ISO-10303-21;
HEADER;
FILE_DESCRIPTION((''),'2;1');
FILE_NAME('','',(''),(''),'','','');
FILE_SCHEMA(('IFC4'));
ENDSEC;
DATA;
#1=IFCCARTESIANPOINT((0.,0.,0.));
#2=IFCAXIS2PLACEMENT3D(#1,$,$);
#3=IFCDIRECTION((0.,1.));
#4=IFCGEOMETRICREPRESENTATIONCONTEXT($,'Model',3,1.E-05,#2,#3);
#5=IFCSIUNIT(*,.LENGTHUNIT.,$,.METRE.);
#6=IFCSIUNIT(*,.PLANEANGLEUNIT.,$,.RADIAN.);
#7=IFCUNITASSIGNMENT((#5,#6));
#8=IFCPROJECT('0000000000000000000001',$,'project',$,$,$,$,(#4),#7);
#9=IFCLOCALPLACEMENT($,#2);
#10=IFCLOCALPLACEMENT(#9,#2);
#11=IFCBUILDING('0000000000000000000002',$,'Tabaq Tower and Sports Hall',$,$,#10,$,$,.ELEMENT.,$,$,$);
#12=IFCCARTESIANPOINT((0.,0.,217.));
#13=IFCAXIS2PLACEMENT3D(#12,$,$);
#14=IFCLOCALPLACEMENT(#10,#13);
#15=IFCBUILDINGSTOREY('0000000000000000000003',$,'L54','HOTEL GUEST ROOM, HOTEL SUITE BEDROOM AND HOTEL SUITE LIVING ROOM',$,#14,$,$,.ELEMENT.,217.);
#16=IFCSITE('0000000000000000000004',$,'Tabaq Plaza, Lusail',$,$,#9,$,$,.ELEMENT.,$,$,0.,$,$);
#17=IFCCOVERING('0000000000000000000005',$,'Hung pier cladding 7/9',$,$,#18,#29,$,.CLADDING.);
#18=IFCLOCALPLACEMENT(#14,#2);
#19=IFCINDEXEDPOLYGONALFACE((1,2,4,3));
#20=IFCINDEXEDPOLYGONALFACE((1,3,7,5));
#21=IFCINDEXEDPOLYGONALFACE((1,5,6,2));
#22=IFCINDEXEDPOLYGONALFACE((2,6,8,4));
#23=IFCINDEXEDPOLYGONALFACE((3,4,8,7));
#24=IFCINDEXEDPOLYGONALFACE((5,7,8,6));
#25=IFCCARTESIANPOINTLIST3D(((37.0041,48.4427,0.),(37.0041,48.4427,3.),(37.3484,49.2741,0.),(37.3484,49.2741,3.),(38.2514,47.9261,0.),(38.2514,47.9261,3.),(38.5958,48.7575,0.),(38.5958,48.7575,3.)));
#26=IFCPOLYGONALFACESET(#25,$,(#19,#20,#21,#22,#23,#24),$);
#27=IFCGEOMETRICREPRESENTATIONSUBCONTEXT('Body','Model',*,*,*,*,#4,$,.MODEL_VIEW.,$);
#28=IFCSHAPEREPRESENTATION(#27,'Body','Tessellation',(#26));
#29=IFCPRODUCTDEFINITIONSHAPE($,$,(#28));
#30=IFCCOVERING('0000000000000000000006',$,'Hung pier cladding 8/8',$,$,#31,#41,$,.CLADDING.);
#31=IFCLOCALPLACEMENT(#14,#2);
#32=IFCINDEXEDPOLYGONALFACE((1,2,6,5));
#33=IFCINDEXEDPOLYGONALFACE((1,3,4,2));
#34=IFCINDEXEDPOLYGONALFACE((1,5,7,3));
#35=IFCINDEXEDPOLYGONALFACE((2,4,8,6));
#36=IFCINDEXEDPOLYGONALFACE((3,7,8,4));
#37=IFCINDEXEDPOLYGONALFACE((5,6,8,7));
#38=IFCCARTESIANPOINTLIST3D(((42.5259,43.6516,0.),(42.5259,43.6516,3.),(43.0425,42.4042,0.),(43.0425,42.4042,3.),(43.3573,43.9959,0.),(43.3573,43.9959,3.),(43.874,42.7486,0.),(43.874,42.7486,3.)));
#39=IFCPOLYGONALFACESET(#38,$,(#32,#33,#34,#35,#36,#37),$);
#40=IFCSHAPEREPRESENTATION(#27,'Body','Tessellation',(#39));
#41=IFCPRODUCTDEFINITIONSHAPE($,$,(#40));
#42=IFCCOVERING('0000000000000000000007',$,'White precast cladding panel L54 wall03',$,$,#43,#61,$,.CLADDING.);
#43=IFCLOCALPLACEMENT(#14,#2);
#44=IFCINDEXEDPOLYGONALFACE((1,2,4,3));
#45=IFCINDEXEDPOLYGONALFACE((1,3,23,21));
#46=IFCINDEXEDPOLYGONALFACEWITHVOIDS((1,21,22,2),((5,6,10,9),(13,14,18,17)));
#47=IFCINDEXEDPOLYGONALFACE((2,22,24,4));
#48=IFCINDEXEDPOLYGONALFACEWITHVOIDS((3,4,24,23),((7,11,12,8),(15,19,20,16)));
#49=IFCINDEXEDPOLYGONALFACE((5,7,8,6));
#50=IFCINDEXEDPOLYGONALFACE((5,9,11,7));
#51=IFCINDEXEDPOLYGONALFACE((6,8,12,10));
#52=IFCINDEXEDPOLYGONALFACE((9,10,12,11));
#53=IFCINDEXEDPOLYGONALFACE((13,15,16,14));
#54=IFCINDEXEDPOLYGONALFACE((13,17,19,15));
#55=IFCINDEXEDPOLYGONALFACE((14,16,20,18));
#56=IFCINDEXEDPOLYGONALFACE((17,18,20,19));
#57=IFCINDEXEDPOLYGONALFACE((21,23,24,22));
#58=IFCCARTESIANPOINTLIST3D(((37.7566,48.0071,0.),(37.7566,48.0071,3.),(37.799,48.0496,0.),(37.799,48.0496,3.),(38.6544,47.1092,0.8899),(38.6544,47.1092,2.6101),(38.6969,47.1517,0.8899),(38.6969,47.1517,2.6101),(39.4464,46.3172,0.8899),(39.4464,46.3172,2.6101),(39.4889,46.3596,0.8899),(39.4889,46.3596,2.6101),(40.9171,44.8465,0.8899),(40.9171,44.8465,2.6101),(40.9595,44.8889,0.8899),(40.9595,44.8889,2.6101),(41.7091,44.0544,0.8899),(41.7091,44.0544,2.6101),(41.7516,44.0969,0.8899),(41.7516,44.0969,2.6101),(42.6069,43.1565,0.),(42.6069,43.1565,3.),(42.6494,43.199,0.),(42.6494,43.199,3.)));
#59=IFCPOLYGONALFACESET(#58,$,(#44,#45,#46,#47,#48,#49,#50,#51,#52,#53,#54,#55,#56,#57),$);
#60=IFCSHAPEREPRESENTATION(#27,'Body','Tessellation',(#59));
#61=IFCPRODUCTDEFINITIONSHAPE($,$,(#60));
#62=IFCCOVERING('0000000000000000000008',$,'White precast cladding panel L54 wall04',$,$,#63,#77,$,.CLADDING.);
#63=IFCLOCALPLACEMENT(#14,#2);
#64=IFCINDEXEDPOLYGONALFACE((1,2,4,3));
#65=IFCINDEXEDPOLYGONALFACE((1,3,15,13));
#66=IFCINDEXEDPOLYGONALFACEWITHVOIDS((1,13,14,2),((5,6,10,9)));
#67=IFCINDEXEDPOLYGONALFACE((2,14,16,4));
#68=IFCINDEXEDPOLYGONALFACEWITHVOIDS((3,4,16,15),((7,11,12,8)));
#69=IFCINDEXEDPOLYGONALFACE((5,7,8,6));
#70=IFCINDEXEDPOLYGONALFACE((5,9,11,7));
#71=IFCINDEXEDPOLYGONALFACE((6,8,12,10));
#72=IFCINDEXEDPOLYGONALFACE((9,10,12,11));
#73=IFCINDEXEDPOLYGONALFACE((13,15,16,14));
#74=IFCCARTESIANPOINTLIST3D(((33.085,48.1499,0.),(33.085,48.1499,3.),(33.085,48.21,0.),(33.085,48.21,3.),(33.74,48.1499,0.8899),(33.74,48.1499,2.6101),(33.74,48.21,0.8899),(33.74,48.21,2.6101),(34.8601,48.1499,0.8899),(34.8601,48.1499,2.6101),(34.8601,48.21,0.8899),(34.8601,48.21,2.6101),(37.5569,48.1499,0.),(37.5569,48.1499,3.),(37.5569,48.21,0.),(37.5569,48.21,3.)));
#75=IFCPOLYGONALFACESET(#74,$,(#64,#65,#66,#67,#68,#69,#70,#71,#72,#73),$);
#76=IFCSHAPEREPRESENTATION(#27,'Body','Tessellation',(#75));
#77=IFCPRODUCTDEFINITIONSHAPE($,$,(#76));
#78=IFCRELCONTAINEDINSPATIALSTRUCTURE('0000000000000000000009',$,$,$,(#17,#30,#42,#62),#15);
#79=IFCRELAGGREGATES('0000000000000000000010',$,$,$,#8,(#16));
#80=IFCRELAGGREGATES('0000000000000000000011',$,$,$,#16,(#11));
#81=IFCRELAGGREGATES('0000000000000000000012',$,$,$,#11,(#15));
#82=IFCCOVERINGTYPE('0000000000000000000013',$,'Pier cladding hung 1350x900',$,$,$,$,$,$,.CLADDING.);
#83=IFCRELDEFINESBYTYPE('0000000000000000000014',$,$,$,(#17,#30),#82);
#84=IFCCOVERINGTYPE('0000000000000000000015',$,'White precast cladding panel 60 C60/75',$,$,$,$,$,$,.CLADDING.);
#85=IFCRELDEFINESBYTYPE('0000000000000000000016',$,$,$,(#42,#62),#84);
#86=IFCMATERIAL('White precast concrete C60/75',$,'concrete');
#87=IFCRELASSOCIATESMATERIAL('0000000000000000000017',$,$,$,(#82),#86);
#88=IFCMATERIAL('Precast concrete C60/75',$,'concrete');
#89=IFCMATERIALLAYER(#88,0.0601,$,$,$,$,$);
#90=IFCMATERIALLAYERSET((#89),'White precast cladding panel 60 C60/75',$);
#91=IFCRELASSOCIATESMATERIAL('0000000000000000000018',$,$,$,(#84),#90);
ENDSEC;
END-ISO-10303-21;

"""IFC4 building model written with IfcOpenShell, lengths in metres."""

from ifc_helpers import new_model, si_unit, direction, frame, frame_2d, origin, place, context, subcontext, project, spatial, polyline, rectangle, outline, extrude, material, layer, layer_set, type_object, element, save


model = new_model("IFC4")

# Units and contexts
model_context = context("Model", 3, precision=1e-05, world=origin(), true_north=direction((0.0, 1.0)))
body_context = subcontext(model_context, "Body", "Model", "MODEL_VIEW")
ifc_project = project(units=[si_unit("LENGTHUNIT", "METRE"), si_unit("PLANEANGLEUNIT", "RADIAN")], contexts=[model_context])

# Site, building, storey
site_placement = place(None, origin())
site = spatial("IfcSite", under=ifc_project, at=site_placement, Name="Tabaq Plaza, Lusail", CompositionType="ELEMENT", RefElevation=0.0)
building_placement = place(site_placement, origin())
building = spatial("IfcBuilding", under=site, at=building_placement, Name="Tabaq Tower and Sports Hall", CompositionType="ELEMENT")
storey_placement = place(building_placement, frame((0.0, 0.0, 217.0)))
storey = spatial("IfcBuildingStorey", under=building, at=storey_placement, Name="L54", Description="HOTEL GUEST ROOM, HOTEL SUITE BEDROOM AND HOTEL SUITE LIVING ROOM", CompositionType="ELEMENT", Elevation=217.0)

# Coverings
ifc_material_1 = material(Name="White precast concrete C60/75", Category="concrete")
covering_type_1 = type_object("IfcCoveringType", Name="Pier cladding hung 1350x900", PredefinedType="CLADDING", material=ifc_material_1)
for number, where, z_axis, x_axis, name in (
    (1, (38.4236, 48.3418, 0.0), (0.0, 0.0, 1.0), (-0.923893, 0.38265, 0.0), "Hung pier cladding 7/9"),
    (2, (43.4583, 42.5764, 0.0), (0.0, 0.0, 1.0), (-0.38265, 0.923893, 0.0), "Hung pier cladding 8/8"),
):
    element("IfcCovering", number, at=place(storey_placement, frame(where, z_axis=z_axis, x_axis=x_axis)), inside=storey, type_object=covering_type_1, Name=name, PredefinedType="CLADDING", context=body_context, shape_type="SweptSolid", body=[
        extrude(rectangle(XDim=1.3501, YDim=0.8999, at=frame_2d((0.675, 0.0))), origin(), (0.0, 0.0, 1.0), 3.0),
    ])
ifc_material_2 = material(Name="Precast concrete C60/75", Category="concrete")
ifc_layer_1 = layer(ifc_material_2, 0.0601)
ifc_layer_set_1 = layer_set([ifc_layer_1], Name="White precast cladding panel 60 C60/75")
covering_type_2 = type_object("IfcCoveringType", Name="White precast cladding panel 60 C60/75", PredefinedType="CLADDING", material=ifc_layer_set_1)
covering_1_placement = place(storey_placement, frame((42.6282, 43.1777, 0.0), z_axis=(0.0, 0.0, 1.0), x_axis=(-0.707089, 0.707125, 0.0)))
element("IfcCovering", 3, at=covering_1_placement, inside=storey, type_object=covering_type_2, Name="White precast cladding panel L54 wall03", PredefinedType="CLADDING", context=body_context, shape_type="SweptSolid", body=[
    extrude(outline(polyline([(0.0, 0.0), (6.8596, 0.0), (6.8596, 3.0), (0.0, 3.0), (0.0, 0.0)]), holes=[polyline([(1.2698, 2.6101), (2.3899, 2.6101), (2.3899, 0.8899), (1.2698, 0.8899), (1.2698, 2.6101)]), polyline([(4.4697, 2.6101), (5.5898, 2.6101), (5.5898, 0.8899), (4.4697, 0.8899), (4.4697, 2.6101)])]), frame((0.0, 0.03, 0.0), z_axis=(0.0, -1.0, 0.0), x_axis=(1.0, 0.0, 0.0)), (0.0, 0.0, 1.0), 0.0601),
])
covering_2_placement = place(storey_placement, frame((37.5569, 48.1799, 0.0), z_axis=(0.0, 0.0, 1.0), x_axis=(-1.0, 0.0, 0.0)))
element("IfcCovering", 4, at=covering_2_placement, inside=storey, type_object=covering_type_2, Name="White precast cladding panel L54 wall04", PredefinedType="CLADDING", context=body_context, shape_type="SweptSolid", body=[
    extrude(outline(polyline([(0.0, 0.0), (4.4719, 0.0), (4.4719, 3.0), (0.0, 3.0), (0.0, 0.0)]), holes=[polyline([(2.6968, 0.8899), (2.6968, 2.6101), (3.8169, 2.6101), (3.8169, 0.8899), (2.6968, 0.8899)])]), frame((0.0, 0.03, 0.0), z_axis=(0.0, -1.0, 0.0), x_axis=(1.0, 0.0, 0.0)), (0.0, 0.0, 1.0), 0.0601),
])

save(model, "model.ifc")
